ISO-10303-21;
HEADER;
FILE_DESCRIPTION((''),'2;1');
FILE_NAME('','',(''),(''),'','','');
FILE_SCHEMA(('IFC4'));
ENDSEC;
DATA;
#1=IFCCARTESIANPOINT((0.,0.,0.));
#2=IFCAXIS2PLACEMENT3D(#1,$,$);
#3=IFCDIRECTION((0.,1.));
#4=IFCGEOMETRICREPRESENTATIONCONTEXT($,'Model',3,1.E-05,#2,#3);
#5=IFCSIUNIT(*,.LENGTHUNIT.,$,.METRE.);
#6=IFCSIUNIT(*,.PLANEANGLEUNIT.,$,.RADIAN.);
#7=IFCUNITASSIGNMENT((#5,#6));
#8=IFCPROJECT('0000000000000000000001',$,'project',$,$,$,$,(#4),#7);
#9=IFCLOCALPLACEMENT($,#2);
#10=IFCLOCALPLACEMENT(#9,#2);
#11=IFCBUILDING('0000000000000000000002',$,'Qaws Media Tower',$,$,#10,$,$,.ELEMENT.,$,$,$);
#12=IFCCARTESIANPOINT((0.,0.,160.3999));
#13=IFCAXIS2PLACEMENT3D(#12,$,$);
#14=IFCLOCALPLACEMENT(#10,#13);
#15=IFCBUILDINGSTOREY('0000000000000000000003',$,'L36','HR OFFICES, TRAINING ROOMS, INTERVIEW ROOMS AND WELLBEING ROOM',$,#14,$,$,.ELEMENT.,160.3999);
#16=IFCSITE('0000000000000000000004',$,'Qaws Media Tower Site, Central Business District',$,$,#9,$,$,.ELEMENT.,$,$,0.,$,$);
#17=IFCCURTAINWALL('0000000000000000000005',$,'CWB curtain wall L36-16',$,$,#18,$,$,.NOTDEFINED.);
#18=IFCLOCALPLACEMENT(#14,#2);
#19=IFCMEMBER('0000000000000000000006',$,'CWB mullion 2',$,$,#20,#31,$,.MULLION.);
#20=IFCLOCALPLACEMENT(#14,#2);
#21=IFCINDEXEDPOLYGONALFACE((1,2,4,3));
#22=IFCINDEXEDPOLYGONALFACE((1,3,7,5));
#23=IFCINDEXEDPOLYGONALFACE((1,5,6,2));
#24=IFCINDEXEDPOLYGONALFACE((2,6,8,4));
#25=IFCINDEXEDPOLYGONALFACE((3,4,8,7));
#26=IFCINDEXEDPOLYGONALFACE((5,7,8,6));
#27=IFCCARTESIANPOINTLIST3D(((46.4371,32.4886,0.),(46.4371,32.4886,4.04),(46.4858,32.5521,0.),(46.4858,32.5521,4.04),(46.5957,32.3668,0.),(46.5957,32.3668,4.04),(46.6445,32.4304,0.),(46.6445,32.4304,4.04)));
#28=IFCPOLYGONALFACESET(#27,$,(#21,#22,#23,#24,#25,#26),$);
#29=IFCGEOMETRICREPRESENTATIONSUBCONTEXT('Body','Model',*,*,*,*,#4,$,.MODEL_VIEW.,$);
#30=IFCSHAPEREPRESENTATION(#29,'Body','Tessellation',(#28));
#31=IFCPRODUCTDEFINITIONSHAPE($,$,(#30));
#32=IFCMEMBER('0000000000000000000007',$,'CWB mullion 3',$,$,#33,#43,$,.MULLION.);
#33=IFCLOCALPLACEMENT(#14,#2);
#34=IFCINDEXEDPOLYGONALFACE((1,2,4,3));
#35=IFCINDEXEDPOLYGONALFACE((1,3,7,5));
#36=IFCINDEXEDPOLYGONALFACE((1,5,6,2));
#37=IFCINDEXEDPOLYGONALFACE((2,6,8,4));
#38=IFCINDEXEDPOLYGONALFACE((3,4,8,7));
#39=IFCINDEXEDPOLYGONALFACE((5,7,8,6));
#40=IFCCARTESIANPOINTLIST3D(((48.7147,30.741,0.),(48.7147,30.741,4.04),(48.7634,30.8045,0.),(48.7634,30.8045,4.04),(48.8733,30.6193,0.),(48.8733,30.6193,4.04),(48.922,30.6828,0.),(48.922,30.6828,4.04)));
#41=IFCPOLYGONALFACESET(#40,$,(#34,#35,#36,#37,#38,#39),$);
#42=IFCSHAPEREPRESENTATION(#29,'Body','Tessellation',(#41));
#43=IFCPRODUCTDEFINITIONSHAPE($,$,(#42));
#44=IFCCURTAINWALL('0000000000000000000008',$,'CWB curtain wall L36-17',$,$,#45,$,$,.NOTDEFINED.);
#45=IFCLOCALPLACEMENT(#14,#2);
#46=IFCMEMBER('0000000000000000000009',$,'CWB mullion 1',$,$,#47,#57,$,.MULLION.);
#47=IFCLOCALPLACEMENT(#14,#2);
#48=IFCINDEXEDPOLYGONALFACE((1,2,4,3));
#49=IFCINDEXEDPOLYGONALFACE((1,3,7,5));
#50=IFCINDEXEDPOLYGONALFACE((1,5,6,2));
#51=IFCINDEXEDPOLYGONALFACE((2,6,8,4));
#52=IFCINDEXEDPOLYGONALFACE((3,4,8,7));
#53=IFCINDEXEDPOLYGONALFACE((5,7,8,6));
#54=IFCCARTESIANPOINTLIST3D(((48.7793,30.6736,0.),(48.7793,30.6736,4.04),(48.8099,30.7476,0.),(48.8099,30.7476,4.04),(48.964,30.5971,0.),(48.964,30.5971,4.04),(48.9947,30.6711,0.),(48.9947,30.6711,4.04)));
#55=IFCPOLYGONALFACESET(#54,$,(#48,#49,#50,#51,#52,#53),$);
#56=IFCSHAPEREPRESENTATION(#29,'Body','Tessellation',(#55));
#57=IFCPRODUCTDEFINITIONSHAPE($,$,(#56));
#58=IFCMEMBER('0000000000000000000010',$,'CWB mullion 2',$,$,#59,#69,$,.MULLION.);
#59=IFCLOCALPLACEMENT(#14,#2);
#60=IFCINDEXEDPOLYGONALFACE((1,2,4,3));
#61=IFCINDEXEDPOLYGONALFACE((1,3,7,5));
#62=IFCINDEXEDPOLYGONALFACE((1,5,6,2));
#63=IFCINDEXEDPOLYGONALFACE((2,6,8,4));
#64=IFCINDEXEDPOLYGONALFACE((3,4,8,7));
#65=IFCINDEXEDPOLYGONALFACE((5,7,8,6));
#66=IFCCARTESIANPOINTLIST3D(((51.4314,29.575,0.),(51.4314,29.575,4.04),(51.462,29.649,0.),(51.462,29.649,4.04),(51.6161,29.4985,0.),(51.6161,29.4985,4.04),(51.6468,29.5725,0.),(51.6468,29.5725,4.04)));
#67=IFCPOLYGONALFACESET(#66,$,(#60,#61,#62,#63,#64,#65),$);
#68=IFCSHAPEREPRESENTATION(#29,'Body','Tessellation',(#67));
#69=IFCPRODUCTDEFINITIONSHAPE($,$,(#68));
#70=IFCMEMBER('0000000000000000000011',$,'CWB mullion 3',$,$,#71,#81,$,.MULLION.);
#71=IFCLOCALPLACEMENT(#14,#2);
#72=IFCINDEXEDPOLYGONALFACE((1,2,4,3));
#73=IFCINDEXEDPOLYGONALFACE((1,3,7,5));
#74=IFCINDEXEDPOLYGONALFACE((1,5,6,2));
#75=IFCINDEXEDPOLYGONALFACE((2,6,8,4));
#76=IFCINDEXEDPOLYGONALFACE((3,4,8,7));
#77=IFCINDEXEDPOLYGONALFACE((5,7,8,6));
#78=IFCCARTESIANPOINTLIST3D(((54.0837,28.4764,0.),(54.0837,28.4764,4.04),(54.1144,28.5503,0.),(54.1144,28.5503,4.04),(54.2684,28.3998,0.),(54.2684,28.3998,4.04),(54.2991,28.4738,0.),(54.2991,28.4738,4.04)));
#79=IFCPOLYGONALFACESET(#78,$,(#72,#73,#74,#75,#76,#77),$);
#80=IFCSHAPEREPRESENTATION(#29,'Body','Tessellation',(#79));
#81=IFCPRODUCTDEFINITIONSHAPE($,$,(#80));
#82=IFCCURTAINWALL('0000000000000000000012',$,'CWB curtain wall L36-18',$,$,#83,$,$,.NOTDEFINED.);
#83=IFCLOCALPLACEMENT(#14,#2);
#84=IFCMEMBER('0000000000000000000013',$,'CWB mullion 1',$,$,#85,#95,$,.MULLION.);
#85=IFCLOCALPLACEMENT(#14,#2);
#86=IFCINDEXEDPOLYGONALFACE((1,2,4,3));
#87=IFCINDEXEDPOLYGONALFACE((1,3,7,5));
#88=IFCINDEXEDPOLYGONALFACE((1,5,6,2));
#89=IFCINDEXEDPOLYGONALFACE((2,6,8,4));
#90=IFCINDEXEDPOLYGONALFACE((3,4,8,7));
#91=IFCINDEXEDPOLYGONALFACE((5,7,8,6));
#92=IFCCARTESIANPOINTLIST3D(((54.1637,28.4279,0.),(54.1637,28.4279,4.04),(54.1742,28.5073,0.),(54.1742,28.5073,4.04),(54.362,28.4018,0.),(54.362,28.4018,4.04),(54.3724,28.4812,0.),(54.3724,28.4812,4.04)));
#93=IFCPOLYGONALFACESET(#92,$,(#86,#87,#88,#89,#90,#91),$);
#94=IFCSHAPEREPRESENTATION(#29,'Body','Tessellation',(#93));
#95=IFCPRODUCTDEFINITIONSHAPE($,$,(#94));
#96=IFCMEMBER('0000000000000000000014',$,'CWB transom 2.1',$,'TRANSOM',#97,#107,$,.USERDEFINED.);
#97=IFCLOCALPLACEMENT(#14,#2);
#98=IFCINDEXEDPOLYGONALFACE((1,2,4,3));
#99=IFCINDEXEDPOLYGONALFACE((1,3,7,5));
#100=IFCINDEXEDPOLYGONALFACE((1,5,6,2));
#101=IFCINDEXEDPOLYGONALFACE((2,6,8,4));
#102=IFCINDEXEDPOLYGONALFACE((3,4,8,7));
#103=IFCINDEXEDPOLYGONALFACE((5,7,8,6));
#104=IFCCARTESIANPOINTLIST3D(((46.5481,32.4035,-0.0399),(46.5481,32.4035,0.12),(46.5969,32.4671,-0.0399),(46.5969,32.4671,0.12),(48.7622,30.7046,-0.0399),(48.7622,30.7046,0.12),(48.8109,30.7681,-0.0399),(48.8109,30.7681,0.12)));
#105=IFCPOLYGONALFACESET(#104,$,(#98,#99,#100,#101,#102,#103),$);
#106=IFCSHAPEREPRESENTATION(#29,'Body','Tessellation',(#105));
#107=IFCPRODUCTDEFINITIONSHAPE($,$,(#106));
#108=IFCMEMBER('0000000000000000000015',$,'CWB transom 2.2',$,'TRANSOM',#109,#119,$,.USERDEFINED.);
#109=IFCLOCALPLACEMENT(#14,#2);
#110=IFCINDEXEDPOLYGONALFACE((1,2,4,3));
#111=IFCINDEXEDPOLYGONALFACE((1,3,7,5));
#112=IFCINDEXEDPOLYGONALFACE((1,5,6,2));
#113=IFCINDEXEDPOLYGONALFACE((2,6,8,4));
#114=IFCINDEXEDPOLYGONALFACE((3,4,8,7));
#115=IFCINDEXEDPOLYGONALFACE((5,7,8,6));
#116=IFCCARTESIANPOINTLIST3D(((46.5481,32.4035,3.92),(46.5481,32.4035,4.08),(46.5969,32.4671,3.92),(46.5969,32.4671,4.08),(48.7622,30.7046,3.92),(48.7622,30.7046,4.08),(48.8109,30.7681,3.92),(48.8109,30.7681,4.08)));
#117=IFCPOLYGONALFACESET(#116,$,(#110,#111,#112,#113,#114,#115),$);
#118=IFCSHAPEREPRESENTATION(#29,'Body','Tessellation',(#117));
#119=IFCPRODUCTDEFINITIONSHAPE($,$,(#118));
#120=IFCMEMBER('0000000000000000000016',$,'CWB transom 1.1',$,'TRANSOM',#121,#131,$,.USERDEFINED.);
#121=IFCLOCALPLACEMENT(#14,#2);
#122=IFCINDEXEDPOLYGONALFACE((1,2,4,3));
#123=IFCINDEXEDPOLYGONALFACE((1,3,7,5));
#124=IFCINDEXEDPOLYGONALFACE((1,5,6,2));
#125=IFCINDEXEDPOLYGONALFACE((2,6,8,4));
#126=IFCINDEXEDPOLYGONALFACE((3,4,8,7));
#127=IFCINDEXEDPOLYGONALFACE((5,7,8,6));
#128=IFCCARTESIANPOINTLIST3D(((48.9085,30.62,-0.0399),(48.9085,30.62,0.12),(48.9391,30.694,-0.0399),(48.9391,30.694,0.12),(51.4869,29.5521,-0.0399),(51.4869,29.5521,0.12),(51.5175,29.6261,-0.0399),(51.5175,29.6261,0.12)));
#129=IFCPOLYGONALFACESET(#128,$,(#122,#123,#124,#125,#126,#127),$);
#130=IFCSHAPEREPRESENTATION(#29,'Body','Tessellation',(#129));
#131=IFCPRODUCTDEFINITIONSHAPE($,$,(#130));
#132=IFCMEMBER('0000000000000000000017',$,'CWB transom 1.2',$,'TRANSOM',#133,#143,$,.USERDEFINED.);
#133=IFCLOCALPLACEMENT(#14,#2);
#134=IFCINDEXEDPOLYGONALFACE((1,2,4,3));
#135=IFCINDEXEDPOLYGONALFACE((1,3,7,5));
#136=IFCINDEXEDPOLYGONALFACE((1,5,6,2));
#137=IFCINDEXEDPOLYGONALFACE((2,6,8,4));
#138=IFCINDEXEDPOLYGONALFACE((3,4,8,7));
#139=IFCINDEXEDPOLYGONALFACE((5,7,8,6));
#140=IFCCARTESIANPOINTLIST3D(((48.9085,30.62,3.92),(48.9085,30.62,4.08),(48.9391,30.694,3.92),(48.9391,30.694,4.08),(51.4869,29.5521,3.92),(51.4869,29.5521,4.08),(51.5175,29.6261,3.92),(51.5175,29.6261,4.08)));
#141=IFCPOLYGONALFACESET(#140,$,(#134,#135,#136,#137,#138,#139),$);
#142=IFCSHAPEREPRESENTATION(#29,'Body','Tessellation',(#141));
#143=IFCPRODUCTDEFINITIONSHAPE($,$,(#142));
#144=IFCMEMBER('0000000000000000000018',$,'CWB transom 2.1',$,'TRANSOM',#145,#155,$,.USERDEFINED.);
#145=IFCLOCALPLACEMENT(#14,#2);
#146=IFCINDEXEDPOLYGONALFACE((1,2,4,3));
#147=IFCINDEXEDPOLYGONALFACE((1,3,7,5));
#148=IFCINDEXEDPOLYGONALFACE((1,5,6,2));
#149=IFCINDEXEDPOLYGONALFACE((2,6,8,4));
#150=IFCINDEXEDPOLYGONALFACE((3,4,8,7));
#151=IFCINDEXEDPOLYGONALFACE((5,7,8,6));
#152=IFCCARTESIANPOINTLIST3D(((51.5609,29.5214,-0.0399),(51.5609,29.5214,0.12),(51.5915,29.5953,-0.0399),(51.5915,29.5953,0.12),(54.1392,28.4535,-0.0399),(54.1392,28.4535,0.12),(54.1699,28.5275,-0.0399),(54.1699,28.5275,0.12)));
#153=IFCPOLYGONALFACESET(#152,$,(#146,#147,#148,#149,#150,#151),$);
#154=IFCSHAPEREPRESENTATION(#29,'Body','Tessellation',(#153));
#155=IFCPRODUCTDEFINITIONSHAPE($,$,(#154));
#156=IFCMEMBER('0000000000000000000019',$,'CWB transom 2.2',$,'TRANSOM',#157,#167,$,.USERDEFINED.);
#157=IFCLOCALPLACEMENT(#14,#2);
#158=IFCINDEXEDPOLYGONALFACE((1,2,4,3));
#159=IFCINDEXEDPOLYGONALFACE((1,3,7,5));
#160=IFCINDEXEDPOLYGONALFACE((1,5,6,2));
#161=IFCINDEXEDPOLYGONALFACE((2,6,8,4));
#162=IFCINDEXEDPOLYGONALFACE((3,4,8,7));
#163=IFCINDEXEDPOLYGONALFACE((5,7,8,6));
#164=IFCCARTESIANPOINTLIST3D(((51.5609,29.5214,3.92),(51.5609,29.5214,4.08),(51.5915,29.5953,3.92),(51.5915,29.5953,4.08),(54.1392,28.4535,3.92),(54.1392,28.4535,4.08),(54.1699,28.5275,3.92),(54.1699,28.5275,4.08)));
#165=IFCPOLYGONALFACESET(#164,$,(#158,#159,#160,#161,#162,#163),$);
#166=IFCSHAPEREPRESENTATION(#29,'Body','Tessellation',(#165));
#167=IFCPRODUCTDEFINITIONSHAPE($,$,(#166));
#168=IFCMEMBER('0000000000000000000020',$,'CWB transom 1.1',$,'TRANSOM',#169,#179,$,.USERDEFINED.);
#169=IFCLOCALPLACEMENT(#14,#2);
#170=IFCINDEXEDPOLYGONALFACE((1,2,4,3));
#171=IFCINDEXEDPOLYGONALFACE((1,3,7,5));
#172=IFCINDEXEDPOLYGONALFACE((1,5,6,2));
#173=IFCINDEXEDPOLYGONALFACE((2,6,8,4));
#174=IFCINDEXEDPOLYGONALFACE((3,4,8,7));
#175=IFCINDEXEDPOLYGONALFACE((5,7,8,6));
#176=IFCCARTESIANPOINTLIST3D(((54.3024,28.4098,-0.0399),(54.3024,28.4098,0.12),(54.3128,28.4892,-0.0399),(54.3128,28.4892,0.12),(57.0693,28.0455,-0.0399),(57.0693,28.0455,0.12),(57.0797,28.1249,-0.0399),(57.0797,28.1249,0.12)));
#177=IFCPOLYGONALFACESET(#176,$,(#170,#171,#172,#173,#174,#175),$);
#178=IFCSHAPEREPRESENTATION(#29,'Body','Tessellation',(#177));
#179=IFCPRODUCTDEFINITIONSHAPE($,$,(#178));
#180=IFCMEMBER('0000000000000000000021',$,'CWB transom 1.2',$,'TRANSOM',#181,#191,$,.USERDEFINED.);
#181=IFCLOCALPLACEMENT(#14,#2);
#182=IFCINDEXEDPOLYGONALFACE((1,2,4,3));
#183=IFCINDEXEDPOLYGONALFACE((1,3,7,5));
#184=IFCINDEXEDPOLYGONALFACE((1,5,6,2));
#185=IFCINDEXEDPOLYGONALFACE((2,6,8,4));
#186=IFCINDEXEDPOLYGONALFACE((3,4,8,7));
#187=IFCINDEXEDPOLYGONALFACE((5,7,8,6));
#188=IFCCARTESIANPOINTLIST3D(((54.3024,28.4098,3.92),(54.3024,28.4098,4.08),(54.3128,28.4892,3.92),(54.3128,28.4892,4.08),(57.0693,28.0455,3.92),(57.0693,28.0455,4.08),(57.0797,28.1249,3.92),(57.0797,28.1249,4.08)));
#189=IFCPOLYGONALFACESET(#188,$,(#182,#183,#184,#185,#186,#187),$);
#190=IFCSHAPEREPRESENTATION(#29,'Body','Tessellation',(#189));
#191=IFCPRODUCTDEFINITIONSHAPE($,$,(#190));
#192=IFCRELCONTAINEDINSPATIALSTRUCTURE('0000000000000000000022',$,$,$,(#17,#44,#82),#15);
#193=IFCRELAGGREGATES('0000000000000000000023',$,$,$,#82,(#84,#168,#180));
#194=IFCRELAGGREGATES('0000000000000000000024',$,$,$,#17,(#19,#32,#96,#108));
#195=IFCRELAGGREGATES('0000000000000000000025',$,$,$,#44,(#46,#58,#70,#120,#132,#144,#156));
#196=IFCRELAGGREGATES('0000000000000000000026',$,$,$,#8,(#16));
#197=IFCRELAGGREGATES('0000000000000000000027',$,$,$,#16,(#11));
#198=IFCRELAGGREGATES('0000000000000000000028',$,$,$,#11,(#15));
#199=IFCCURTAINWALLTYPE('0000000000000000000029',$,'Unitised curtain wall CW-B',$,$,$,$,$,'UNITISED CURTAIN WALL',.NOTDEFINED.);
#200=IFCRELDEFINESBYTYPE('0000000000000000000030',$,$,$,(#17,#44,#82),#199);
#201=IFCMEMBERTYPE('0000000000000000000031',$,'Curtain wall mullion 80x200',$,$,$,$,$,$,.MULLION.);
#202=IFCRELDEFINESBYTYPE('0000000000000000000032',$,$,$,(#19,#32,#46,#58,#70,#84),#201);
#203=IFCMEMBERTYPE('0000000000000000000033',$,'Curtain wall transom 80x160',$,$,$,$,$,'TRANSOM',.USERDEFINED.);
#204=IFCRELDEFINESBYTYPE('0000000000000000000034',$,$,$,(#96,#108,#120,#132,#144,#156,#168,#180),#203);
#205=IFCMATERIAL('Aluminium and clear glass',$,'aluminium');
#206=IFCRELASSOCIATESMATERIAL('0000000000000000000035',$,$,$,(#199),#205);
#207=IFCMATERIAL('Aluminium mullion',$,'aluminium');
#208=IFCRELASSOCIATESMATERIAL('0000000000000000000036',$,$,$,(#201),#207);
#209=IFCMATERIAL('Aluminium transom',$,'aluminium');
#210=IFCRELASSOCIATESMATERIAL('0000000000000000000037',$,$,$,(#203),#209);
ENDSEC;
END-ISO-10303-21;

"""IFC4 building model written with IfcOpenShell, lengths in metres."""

from ifc_helpers import new_model, si_unit, direction, frame, origin, origin_2d, place, context, subcontext, project, spatial, rectangle, extrude, material, material_profile, profile_set, type_object, element, aggregate, save


model = new_model("IFC4")

# Units and contexts
model_context = context("Model", 3, precision=1e-05, world=origin(), true_north=direction((0.0, 1.0)))
body_context = subcontext(model_context, "Body", "Model", "MODEL_VIEW")
ifc_project = project(units=[si_unit("LENGTHUNIT", "METRE"), si_unit("PLANEANGLEUNIT", "RADIAN")], contexts=[model_context])

# Site, building, storey
site_placement = place(None, origin())
site = spatial("IfcSite", under=ifc_project, at=site_placement, Name="Qaws Media Tower Site, Central Business District", CompositionType="ELEMENT", RefElevation=0.0)
building_placement = place(site_placement, origin())
building = spatial("IfcBuilding", under=site, at=building_placement, Name="Qaws Media Tower", CompositionType="ELEMENT")
storey_placement = place(building_placement, frame((0.0, 0.0, 160.3999)))
storey = spatial("IfcBuildingStorey", under=building, at=storey_placement, Name="L36", Description="HR OFFICES, TRAINING ROOMS, INTERVIEW ROOMS AND WELLBEING ROOM", CompositionType="ELEMENT", Elevation=160.3999)

# Curtain walls, members
ifc_material_1 = material(Name="Aluminium and clear glass", Category="aluminium")
curtain_wall_type = type_object("IfcCurtainWallType", Name="Unitised curtain wall CW-B", ElementType="UNITISED CURTAIN WALL", PredefinedType="NOTDEFINED", material=ifc_material_1)
curtain_wall_1_placement = place(storey_placement, origin())
curtain_wall_1 = element("IfcCurtainWall", 1, at=curtain_wall_1_placement, inside=storey, type_object=curtain_wall_type, Name="CWB curtain wall L36-16", PredefinedType="NOTDEFINED")
ifc_material_2 = material(Name="Aluminium mullion", Category="aluminium")
ifc_material_profile_1 = material_profile(ifc_material_2, rectangle(XDim=0.0801, YDim=0.2, at=origin_2d()), Name="80x200")
ifc_profile_set_1 = profile_set([ifc_material_profile_1], Name="Aluminium mullion")
member_type_1 = type_object("IfcMemberType", Name="Curtain wall mullion 80x200", PredefinedType="MULLION", material=ifc_profile_set_1)
member_1_placement = place(storey_placement, frame((46.5408, 32.4595, 0.0), z_axis=(0.0, 0.0, 1.0), x_axis=(0.608762, 0.793353, 0.0)))
member_1 = element("IfcMember", 2, at=member_1_placement, type_object=member_type_1, Name="CWB mullion 2", PredefinedType="MULLION", context=body_context, shape_type="SweptSolid", body=[
    extrude(rectangle(XDim=0.0801, YDim=0.2, at=origin_2d()), origin(), (0.0, 0.0, 1.0), 4.04),
])
member_2_placement = place(storey_placement, frame((48.8184, 30.7119, 0.0), z_axis=(0.0, 0.0, 1.0), x_axis=(0.608762, 0.793353, 0.0)))
member_2 = element("IfcMember", 3, at=member_2_placement, type_object=member_type_1, Name="CWB mullion 3", PredefinedType="MULLION", context=body_context, shape_type="SweptSolid", body=[
    extrude(rectangle(XDim=0.0801, YDim=0.2, at=origin_2d()), origin(), (0.0, 0.0, 1.0), 4.04),
])
curtain_wall_2_placement = place(storey_placement, origin())
curtain_wall_2 = element("IfcCurtainWall", 4, at=curtain_wall_2_placement, inside=storey, type_object=curtain_wall_type, Name="CWB curtain wall L36-17", PredefinedType="NOTDEFINED")
member_3_placement = place(storey_placement, frame((48.887, 30.6724, 0.0), z_axis=(0.0, 0.0, 1.0), x_axis=(0.382683, 0.92388, 0.0)))
member_3 = element("IfcMember", 5, at=member_3_placement, type_object=member_type_1, Name="CWB mullion 1", PredefinedType="MULLION", context=body_context, shape_type="SweptSolid", body=[
    extrude(rectangle(XDim=0.0801, YDim=0.2, at=origin_2d()), origin(), (0.0, 0.0, 1.0), 4.04),
])
member_4_placement = place(storey_placement, frame((51.5391, 29.5737, 0.0), z_axis=(0.0, 0.0, 1.0), x_axis=(0.382683, 0.92388, 0.0)))
member_4 = element("IfcMember", 6, at=member_4_placement, type_object=member_type_1, Name="CWB mullion 2", PredefinedType="MULLION", context=body_context, shape_type="SweptSolid", body=[
    extrude(rectangle(XDim=0.0801, YDim=0.2, at=origin_2d()), origin(), (0.0, 0.0, 1.0), 4.04),
])
member_5_placement = place(storey_placement, frame((54.1914, 28.4751, 0.0), z_axis=(0.0, 0.0, 1.0), x_axis=(0.382683, 0.92388, 0.0)))
member_5 = element("IfcMember", 7, at=member_5_placement, type_object=member_type_1, Name="CWB mullion 3", PredefinedType="MULLION", context=body_context, shape_type="SweptSolid", body=[
    extrude(rectangle(XDim=0.0801, YDim=0.2, at=origin_2d()), origin(), (0.0, 0.0, 1.0), 4.04),
])

# Curtain wall, member
curtain_wall_3_placement = place(storey_placement, origin())
curtain_wall_3 = element("IfcCurtainWall", 8, at=curtain_wall_3_placement, inside=storey, type_object=curtain_wall_type, Name="CWB curtain wall L36-18", PredefinedType="NOTDEFINED")
member_6_placement = place(storey_placement, frame((54.2681, 28.4546, 0.0), z_axis=(0.0, 0.0, 1.0), x_axis=(0.130526, 0.991445, 0.0)))
member_6 = element("IfcMember", 9, at=member_6_placement, type_object=member_type_1, Name="CWB mullion 1", PredefinedType="MULLION", context=body_context, shape_type="SweptSolid", body=[
    extrude(rectangle(XDim=0.0801, YDim=0.2, at=origin_2d()), origin(), (0.0, 0.0, 1.0), 4.04),
])

# Members
ifc_material_3 = material(Name="Aluminium transom", Category="aluminium")
ifc_material_profile_2 = material_profile(ifc_material_3, rectangle(XDim=0.0801, YDim=0.1599, at=origin_2d()), Name="80x160")
ifc_profile_set_2 = profile_set([ifc_material_profile_2], Name="Aluminium transom")
member_type_2 = type_object("IfcMemberType", Name="Curtain wall transom 80x160", ElementType="TRANSOM", PredefinedType="USERDEFINED", material=ifc_profile_set_2)
member_7_placement = place(storey_placement, frame((46.5725, 32.4353, 0.04), z_axis=(0.793349, -0.608768, 0.0), x_axis=(0.608768, 0.793349, 0.0)))
member_7 = element("IfcMember", 10, at=member_7_placement, type_object=member_type_2, Name="CWB transom 2.1", ObjectType="TRANSOM", PredefinedType="USERDEFINED", context=body_context, shape_type="SweptSolid", body=[
    extrude(rectangle(XDim=0.0801, YDim=0.1599, at=origin_2d()), origin(), (0.0, 0.0, 1.0), 2.7908),
])
member_8_placement = place(storey_placement, frame((46.5725, 32.4353, 4.0), z_axis=(0.793349, -0.608768, 0.0), x_axis=(0.608768, 0.793349, 0.0)))
member_8 = element("IfcMember", 11, at=member_8_placement, type_object=member_type_2, Name="CWB transom 2.2", ObjectType="TRANSOM", PredefinedType="USERDEFINED", context=body_context, shape_type="SweptSolid", body=[
    extrude(rectangle(XDim=0.0801, YDim=0.1599, at=origin_2d()), origin(), (0.0, 0.0, 1.0), 2.7908),
])
member_9_placement = place(storey_placement, frame((48.9238, 30.657, 0.04), z_axis=(0.923895, -0.382645, 0.0), x_axis=(0.382645, 0.923895, 0.0)))
member_9 = element("IfcMember", 12, at=member_9_placement, type_object=member_type_2, Name="CWB transom 1.1", ObjectType="TRANSOM", PredefinedType="USERDEFINED", context=body_context, shape_type="SweptSolid", body=[
    extrude(rectangle(XDim=0.0801, YDim=0.1599, at=origin_2d()), origin(), (0.0, 0.0, 1.0), 2.7908),
])
member_10_placement = place(storey_placement, frame((48.9238, 30.657, 4.0), z_axis=(0.923895, -0.382645, 0.0), x_axis=(0.382645, 0.923895, 0.0)))
member_10 = element("IfcMember", 13, at=member_10_placement, type_object=member_type_2, Name="CWB transom 1.2", ObjectType="TRANSOM", PredefinedType="USERDEFINED", context=body_context, shape_type="SweptSolid", body=[
    extrude(rectangle(XDim=0.0801, YDim=0.1599, at=origin_2d()), origin(), (0.0, 0.0, 1.0), 2.7908),
])
member_11_placement = place(storey_placement, frame((51.5762, 29.5583, 0.04), z_axis=(0.923895, -0.382645, 0.0), x_axis=(0.382645, 0.923895, 0.0)))
member_11 = element("IfcMember", 14, at=member_11_placement, type_object=member_type_2, Name="CWB transom 2.1", ObjectType="TRANSOM", PredefinedType="USERDEFINED", context=body_context, shape_type="SweptSolid", body=[
    extrude(rectangle(XDim=0.0801, YDim=0.1599, at=origin_2d()), origin(), (0.0, 0.0, 1.0), 2.7908),
])
member_12_placement = place(storey_placement, frame((51.5762, 29.5583, 4.0), z_axis=(0.923895, -0.382645, 0.0), x_axis=(0.382645, 0.923895, 0.0)))
member_12 = element("IfcMember", 15, at=member_12_placement, type_object=member_type_2, Name="CWB transom 2.2", ObjectType="TRANSOM", PredefinedType="USERDEFINED", context=body_context, shape_type="SweptSolid", body=[
    extrude(rectangle(XDim=0.0801, YDim=0.1599, at=origin_2d()), origin(), (0.0, 0.0, 1.0), 2.7908),
])
member_13_placement = place(storey_placement, frame((54.3076, 28.4495, 0.04), z_axis=(0.991445, -0.130525, 0.0), x_axis=(0.130525, 0.991445, 0.0)))
member_13 = element("IfcMember", 16, at=member_13_placement, type_object=member_type_2, Name="CWB transom 1.1", ObjectType="TRANSOM", PredefinedType="USERDEFINED", context=body_context, shape_type="SweptSolid", body=[
    extrude(rectangle(XDim=0.0801, YDim=0.1599, at=origin_2d()), origin(), (0.0, 0.0, 1.0), 2.7908),
])
member_14_placement = place(storey_placement, frame((54.3076, 28.4495, 4.0), z_axis=(0.991445, -0.130525, 0.0), x_axis=(0.130525, 0.991445, 0.0)))
member_14 = element("IfcMember", 17, at=member_14_placement, type_object=member_type_2, Name="CWB transom 1.2", ObjectType="TRANSOM", PredefinedType="USERDEFINED", context=body_context, shape_type="SweptSolid", body=[
    extrude(rectangle(XDim=0.0801, YDim=0.1599, at=origin_2d()), origin(), (0.0, 0.0, 1.0), 2.7908),
])
aggregate(curtain_wall_3, [member_6, member_13, member_14])

aggregate(curtain_wall_1, [member_1, member_2, member_7, member_8])
aggregate(curtain_wall_2, [member_3, member_4, member_5, member_9, member_10, member_11, member_12])

save(model, "model.ifc")
